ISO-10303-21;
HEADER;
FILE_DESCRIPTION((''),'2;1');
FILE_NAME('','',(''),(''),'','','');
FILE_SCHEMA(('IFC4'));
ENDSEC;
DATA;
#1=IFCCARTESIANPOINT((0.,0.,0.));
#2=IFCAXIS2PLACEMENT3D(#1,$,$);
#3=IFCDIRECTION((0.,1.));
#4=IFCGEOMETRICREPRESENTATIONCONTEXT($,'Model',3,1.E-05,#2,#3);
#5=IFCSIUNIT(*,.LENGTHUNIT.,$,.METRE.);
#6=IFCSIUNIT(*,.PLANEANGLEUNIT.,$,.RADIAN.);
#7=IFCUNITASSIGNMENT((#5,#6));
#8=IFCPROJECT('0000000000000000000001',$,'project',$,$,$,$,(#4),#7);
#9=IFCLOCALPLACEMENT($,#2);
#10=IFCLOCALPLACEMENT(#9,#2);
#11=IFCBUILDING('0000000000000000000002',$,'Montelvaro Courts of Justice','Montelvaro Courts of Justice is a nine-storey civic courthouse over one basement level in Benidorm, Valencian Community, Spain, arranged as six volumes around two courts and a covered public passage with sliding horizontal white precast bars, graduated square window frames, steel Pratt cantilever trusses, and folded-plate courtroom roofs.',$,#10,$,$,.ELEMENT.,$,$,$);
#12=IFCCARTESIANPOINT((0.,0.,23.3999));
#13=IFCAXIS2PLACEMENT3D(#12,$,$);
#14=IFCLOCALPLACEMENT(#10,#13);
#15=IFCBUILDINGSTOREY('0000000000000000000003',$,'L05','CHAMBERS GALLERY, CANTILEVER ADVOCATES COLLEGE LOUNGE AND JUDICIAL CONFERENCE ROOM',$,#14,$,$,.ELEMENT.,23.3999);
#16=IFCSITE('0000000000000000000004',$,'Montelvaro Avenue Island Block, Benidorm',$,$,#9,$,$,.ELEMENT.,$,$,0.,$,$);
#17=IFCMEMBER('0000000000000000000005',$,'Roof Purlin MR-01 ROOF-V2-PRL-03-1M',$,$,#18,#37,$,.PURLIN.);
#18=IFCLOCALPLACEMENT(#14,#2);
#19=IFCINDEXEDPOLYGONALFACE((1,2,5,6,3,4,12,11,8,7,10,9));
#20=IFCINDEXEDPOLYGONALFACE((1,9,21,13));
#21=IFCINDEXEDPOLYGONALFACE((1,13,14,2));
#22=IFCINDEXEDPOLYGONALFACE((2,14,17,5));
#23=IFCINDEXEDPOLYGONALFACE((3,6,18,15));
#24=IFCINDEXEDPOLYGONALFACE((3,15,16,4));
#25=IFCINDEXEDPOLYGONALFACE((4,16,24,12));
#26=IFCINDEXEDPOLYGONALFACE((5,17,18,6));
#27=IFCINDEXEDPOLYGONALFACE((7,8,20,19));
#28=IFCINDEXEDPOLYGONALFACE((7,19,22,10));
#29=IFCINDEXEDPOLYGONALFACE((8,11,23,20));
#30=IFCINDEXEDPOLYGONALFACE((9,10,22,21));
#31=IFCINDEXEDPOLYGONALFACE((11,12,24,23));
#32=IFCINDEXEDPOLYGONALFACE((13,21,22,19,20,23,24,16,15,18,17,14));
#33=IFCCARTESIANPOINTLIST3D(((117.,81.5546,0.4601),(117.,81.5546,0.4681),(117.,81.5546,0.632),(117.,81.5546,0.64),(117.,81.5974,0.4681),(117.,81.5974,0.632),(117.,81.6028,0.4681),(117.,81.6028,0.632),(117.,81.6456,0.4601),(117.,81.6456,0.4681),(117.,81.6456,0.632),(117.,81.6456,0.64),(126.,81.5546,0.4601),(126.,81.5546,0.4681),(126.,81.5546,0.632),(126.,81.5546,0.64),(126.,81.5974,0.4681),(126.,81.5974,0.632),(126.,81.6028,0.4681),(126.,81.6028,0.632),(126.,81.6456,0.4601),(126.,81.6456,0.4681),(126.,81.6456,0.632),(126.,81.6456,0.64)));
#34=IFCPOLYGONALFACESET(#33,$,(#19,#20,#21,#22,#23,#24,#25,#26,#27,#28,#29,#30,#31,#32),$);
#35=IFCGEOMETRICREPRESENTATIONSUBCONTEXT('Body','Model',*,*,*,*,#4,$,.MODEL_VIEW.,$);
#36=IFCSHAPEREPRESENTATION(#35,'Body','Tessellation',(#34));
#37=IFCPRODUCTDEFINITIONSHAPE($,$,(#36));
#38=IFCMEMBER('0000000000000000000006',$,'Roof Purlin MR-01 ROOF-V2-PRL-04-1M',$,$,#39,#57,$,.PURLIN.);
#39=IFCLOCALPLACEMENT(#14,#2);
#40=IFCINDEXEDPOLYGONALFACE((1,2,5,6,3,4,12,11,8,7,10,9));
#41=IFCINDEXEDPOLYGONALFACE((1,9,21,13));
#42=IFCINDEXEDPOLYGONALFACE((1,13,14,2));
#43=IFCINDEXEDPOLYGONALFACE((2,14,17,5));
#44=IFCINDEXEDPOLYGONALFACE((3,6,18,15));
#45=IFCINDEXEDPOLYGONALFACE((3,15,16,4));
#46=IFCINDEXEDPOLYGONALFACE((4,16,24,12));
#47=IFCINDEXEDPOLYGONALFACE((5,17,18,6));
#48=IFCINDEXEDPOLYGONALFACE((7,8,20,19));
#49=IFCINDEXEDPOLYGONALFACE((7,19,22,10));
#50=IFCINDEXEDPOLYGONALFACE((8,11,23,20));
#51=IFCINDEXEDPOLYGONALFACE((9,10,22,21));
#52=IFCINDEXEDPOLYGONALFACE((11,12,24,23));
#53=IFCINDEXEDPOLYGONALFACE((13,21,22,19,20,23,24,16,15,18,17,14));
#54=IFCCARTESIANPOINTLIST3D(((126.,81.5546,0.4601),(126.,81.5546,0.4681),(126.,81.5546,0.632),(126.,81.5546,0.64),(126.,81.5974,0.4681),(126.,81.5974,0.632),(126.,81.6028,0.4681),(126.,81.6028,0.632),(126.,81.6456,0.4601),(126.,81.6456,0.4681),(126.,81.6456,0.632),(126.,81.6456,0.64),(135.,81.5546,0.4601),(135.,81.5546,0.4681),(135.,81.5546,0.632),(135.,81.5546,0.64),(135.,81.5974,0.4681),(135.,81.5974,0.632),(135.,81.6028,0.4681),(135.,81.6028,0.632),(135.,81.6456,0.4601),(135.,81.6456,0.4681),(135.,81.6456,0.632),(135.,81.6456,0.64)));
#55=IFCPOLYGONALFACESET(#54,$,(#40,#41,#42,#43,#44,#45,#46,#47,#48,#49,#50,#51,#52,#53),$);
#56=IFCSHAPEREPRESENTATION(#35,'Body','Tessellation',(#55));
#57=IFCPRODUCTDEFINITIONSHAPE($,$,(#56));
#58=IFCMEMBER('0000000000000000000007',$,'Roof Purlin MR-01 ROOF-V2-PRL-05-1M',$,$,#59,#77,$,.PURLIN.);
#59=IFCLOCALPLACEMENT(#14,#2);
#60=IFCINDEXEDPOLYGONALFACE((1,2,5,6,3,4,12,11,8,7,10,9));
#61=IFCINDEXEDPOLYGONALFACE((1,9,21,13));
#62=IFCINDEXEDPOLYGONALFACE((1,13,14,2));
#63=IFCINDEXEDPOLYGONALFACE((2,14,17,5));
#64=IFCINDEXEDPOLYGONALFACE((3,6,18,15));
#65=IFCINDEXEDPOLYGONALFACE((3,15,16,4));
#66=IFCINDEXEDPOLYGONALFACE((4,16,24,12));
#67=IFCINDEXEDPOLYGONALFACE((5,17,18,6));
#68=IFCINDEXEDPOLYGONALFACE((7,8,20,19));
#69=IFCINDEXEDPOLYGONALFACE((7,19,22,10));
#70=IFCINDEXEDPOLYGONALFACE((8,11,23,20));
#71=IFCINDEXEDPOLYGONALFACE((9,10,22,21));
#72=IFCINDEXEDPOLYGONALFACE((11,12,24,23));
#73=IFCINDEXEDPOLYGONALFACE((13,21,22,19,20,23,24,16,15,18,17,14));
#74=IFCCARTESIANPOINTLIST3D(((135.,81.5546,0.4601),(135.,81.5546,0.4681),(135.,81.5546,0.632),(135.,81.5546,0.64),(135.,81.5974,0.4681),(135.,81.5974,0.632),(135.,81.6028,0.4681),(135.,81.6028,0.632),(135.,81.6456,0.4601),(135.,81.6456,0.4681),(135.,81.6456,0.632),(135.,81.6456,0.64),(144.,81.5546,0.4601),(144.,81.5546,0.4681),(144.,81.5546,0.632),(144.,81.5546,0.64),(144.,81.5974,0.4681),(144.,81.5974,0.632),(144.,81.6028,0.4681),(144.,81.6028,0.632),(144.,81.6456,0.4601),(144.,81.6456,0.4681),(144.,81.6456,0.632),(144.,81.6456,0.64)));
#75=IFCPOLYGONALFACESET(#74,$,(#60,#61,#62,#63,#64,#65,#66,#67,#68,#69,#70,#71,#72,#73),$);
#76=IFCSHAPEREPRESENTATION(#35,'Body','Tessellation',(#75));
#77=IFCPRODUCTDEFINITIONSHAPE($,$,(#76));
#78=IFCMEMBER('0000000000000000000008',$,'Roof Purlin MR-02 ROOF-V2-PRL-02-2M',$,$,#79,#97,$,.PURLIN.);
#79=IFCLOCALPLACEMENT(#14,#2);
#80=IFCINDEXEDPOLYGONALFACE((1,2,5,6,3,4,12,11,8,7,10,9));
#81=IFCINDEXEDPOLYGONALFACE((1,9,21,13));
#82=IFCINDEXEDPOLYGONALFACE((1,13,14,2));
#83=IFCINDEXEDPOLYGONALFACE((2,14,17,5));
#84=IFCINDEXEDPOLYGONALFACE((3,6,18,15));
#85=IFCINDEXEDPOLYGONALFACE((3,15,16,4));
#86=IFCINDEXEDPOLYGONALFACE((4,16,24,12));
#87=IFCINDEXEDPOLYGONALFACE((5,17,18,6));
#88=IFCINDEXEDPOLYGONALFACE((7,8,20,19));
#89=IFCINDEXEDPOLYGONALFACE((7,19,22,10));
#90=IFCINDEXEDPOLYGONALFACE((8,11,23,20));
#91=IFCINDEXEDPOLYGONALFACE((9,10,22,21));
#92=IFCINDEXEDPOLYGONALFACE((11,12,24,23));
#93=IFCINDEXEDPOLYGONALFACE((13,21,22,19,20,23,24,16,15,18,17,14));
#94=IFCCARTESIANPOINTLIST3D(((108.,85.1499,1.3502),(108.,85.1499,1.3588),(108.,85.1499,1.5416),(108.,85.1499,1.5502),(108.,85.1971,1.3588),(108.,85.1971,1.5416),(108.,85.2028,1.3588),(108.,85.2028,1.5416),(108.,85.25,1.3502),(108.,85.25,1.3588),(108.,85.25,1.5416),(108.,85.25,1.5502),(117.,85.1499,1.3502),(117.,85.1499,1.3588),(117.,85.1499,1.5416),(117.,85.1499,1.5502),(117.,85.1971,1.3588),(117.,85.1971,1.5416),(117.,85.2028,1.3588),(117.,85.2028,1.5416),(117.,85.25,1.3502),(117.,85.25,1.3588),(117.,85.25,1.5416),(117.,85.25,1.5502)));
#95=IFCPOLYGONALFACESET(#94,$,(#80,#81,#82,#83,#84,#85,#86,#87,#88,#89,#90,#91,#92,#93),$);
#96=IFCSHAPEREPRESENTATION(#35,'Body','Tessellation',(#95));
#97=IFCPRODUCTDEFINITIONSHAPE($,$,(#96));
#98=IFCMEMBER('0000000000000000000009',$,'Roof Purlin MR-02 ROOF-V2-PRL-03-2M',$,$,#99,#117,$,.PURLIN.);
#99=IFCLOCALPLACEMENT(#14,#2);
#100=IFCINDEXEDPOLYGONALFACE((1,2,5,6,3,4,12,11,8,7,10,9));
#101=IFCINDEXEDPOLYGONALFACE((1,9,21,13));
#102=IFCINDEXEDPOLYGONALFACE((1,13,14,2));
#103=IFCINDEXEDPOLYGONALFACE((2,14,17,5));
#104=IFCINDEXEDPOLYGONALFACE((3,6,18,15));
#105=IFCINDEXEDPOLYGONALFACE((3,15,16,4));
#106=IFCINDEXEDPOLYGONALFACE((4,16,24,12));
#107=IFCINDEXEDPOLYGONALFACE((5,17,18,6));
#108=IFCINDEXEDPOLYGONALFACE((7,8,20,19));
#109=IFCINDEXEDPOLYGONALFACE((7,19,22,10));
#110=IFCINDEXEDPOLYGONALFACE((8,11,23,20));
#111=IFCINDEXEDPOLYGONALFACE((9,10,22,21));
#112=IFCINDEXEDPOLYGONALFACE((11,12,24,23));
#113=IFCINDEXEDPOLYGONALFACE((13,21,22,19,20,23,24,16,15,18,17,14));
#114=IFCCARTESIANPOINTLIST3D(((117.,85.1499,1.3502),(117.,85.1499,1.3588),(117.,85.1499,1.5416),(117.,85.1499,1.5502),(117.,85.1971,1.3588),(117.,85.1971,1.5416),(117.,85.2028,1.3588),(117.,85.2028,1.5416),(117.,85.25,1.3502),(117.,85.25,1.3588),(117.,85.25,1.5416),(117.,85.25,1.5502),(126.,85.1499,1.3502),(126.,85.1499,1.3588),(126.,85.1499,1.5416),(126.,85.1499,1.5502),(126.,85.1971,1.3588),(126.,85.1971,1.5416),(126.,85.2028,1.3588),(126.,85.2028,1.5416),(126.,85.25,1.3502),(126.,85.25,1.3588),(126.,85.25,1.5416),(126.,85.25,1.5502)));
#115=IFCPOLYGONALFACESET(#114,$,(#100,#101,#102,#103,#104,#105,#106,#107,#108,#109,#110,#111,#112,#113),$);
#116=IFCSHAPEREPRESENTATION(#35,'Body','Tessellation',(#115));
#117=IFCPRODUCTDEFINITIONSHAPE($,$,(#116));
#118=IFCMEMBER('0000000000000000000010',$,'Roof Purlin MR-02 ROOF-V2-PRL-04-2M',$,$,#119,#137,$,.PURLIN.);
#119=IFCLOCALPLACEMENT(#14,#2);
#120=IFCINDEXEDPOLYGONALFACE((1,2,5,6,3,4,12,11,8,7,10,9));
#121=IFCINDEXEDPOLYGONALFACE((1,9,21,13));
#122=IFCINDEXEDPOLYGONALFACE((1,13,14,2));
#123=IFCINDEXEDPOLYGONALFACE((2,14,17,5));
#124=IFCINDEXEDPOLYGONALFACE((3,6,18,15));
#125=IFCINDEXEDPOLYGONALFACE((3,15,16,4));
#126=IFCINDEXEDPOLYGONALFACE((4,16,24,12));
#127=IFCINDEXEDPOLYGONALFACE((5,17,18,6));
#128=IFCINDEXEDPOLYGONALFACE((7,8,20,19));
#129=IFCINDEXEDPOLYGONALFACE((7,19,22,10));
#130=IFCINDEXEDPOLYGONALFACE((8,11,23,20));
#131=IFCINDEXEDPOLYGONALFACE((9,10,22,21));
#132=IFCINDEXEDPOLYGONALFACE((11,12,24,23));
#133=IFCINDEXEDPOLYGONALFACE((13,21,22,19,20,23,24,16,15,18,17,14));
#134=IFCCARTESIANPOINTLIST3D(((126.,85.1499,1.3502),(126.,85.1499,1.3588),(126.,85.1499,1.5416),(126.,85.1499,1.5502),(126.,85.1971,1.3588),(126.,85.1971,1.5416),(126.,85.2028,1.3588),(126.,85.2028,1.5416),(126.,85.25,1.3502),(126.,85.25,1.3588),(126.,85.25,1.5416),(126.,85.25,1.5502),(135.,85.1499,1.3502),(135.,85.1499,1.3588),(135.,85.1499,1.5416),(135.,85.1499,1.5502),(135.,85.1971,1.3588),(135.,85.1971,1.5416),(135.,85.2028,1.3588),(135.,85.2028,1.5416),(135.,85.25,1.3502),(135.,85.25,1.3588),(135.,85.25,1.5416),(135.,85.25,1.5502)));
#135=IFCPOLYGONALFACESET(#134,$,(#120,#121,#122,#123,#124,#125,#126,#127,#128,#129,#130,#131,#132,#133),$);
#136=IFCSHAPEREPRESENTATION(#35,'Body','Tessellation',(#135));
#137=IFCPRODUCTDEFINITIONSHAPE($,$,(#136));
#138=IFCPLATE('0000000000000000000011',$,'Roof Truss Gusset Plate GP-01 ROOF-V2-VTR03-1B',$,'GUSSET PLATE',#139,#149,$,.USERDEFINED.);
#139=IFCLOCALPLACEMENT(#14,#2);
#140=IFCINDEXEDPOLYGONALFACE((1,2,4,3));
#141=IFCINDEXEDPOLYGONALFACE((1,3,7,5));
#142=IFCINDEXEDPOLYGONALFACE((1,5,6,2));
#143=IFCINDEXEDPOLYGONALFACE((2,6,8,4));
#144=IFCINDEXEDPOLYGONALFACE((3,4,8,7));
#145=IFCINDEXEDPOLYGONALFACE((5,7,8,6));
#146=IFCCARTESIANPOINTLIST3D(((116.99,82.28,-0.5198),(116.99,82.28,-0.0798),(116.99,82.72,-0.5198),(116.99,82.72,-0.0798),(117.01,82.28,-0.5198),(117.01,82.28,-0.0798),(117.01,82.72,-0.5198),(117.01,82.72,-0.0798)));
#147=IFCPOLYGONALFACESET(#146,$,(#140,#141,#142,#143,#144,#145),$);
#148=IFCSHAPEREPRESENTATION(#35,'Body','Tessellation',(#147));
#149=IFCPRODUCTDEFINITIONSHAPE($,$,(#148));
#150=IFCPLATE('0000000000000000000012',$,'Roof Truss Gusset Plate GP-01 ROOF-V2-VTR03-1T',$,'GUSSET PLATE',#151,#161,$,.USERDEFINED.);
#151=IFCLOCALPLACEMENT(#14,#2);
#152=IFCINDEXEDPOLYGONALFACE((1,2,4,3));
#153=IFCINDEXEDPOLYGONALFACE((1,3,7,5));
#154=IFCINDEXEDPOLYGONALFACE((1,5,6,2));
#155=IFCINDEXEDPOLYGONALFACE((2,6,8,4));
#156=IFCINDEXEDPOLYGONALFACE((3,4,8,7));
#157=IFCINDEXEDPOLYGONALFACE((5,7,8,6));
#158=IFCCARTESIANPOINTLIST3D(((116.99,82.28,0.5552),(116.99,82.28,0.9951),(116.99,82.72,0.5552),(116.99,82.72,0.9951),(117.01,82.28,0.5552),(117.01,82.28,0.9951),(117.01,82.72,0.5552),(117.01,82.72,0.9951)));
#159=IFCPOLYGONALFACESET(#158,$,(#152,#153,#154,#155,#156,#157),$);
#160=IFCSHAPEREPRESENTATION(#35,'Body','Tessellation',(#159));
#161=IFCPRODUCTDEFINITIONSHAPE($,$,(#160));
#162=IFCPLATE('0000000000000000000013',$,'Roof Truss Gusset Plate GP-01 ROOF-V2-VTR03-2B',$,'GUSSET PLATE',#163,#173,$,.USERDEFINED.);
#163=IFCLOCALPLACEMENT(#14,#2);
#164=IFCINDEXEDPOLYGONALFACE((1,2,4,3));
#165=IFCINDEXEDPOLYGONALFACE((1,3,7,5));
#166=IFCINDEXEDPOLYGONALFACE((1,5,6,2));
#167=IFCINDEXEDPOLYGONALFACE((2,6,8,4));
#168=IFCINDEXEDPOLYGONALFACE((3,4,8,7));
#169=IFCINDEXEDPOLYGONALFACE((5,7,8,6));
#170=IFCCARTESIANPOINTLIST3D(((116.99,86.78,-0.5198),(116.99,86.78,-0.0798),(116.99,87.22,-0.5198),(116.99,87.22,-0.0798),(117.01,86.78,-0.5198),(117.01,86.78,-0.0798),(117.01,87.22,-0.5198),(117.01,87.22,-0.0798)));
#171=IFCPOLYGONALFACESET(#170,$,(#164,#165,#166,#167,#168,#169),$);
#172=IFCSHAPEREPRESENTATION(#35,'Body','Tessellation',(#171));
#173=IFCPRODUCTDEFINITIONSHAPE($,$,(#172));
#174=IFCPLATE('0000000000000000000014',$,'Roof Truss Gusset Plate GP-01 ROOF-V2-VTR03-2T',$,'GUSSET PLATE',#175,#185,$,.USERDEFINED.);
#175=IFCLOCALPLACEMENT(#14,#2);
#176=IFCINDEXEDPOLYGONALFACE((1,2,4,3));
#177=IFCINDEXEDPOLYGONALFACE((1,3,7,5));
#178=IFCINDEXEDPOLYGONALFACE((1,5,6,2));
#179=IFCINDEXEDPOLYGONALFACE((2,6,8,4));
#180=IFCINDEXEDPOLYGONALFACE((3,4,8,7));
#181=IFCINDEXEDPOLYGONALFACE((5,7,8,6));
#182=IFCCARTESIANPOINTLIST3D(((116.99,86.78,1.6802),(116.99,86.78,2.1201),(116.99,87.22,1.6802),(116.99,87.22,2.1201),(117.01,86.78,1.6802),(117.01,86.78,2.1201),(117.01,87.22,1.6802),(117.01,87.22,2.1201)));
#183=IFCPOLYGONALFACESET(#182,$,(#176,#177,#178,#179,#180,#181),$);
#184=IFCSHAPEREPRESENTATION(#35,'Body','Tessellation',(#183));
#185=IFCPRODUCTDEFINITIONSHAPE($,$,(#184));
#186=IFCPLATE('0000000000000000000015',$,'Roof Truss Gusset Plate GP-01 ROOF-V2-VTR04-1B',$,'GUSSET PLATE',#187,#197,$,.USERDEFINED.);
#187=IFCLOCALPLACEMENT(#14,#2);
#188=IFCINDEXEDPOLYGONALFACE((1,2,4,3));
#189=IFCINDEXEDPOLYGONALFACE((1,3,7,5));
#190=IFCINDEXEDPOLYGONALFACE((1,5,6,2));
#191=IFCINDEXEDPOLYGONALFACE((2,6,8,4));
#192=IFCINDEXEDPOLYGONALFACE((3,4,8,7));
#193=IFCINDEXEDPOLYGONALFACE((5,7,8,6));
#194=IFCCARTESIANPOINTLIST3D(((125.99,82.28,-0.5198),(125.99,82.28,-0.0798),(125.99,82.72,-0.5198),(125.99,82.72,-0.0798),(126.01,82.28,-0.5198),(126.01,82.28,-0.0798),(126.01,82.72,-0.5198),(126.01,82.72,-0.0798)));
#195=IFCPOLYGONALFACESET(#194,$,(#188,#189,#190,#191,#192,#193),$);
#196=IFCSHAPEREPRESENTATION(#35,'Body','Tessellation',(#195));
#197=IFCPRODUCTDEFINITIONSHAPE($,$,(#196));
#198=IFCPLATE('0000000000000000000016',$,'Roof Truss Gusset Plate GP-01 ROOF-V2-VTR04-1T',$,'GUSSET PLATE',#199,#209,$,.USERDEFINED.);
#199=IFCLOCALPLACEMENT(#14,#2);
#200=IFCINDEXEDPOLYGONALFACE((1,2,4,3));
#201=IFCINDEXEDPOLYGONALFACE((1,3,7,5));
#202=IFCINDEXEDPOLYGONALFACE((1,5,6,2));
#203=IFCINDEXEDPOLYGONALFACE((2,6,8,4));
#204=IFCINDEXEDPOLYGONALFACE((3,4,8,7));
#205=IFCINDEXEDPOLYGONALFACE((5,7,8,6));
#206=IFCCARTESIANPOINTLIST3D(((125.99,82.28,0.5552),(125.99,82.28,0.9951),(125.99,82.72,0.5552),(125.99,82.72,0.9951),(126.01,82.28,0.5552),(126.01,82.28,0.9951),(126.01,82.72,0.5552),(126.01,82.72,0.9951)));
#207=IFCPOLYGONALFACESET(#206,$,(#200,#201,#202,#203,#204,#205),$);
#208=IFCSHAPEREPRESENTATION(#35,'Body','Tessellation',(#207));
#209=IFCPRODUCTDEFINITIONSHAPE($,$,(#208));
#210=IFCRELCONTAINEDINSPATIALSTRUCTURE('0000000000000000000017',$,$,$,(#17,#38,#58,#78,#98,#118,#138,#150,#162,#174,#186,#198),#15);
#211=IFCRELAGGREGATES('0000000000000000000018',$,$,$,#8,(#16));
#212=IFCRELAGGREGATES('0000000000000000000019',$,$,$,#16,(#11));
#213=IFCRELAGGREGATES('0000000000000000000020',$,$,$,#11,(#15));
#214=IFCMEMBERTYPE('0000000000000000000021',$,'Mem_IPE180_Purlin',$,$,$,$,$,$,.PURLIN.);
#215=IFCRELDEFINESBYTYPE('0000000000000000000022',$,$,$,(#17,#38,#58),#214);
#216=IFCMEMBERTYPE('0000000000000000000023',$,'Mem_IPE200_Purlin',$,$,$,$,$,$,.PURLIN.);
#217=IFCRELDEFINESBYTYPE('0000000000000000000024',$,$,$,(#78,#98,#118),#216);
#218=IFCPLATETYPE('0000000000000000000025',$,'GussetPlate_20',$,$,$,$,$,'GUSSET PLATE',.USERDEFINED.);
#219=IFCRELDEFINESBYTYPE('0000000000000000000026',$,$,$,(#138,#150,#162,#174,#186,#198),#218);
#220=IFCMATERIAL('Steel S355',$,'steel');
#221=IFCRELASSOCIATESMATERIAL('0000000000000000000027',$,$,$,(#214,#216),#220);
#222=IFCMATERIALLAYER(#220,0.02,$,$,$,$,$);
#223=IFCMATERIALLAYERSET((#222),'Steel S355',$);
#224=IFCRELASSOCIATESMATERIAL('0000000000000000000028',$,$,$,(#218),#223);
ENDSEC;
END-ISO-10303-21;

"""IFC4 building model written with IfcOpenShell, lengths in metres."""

from ifc_helpers import new_model, si_unit, direction, frame, origin, origin_2d, place, context, subcontext, project, spatial, rectangle, i_section, extrude, material, layer, layer_set, material_profile, profile_set, type_object, element, save


model = new_model("IFC4")

# Units and contexts
model_context = context("Model", 3, precision=1e-05, world=origin(), true_north=direction((0.0, 1.0)))
body_context = subcontext(model_context, "Body", "Model", "MODEL_VIEW")
ifc_project = project(units=[si_unit("LENGTHUNIT", "METRE"), si_unit("PLANEANGLEUNIT", "RADIAN")], contexts=[model_context])

# Site, building, storey
site_placement = place(None, origin())
site = spatial("IfcSite", under=ifc_project, at=site_placement, Name="Montelvaro Avenue Island Block, Benidorm", CompositionType="ELEMENT", RefElevation=0.0)
building_placement = place(site_placement, origin())
building = spatial("IfcBuilding", under=site, at=building_placement, Name="Montelvaro Courts of Justice", Description="Montelvaro Courts of Justice is a nine-storey civic courthouse over one basement level in Benidorm, Valencian Community, Spain, arranged as six volumes around two courts and a covered public passage with sliding horizontal white precast bars, graduated square window frames, steel Pratt cantilever trusses, and folded-plate courtroom roofs.", CompositionType="ELEMENT")
storey_placement = place(building_placement, frame((0.0, 0.0, 23.3999)))
storey = spatial("IfcBuildingStorey", under=building, at=storey_placement, Name="L05", Description="CHAMBERS GALLERY, CANTILEVER ADVOCATES COLLEGE LOUNGE AND JUDICIAL CONFERENCE ROOM", CompositionType="ELEMENT", Elevation=23.3999)

# Members
ifc_material_1 = material(Name="Steel S355", Category="steel")
ifc_material_profile_1 = material_profile(ifc_material_1, i_section(OverallWidth=0.0911, OverallDepth=0.1799, WebThickness=0.0054, FlangeThickness=0.0081, at=origin_2d()), Name="IPE 180")
ifc_profile_set_1 = profile_set([ifc_material_profile_1], Name="Steel S355")
member_type_1 = type_object("IfcMemberType", Name="Mem_IPE180_Purlin", PredefinedType="PURLIN", material=ifc_profile_set_1)
for number, where, z_axis, x_axis, name in (
    (1, (117.0, 81.6001, 0.55), (1.0, 0.0, 0.0), (0.0, 1.0, 0.0), "Roof Purlin MR-01 ROOF-V2-PRL-03-1M"),
    (2, (126.0, 81.6001, 0.55), (1.0, 0.0, 0.0), (0.0, 1.0, 0.0), "Roof Purlin MR-01 ROOF-V2-PRL-04-1M"),
    (3, (135.0, 81.6001, 0.55), (1.0, 0.0, 0.0), (0.0, 1.0, 0.0), "Roof Purlin MR-01 ROOF-V2-PRL-05-1M"),
):
    element("IfcMember", number, at=place(storey_placement, frame(where, z_axis=z_axis, x_axis=x_axis)), inside=storey, type_object=member_type_1, Name=name, PredefinedType="PURLIN", context=body_context, shape_type="SweptSolid", body=[
        extrude(i_section(OverallWidth=0.0911, OverallDepth=0.1799, WebThickness=0.0054, FlangeThickness=0.0081, at=origin_2d()), origin(), (0.0, 0.0, 1.0), 9.0),
    ])
ifc_material_profile_2 = material_profile(ifc_material_1, i_section(OverallWidth=0.1001, OverallDepth=0.2, WebThickness=0.0056, FlangeThickness=0.0085, at=origin_2d()), Name="IPE 200")
ifc_profile_set_2 = profile_set([ifc_material_profile_2], Name="Steel S355")
member_type_2 = type_object("IfcMemberType", Name="Mem_IPE200_Purlin", PredefinedType="PURLIN", material=ifc_profile_set_2)
for number, where, z_axis, x_axis, name in (
    (4, (108.0, 85.2, 1.4502), (1.0, 0.0, 0.0), (0.0, 1.0, 0.0), "Roof Purlin MR-02 ROOF-V2-PRL-02-2M"),
    (5, (117.0, 85.2, 1.4502), (1.0, 0.0, 0.0), (0.0, 1.0, 0.0), "Roof Purlin MR-02 ROOF-V2-PRL-03-2M"),
    (6, (126.0, 85.2, 1.4502), (1.0, 0.0, 0.0), (0.0, 1.0, 0.0), "Roof Purlin MR-02 ROOF-V2-PRL-04-2M"),
):
    element("IfcMember", number, at=place(storey_placement, frame(where, z_axis=z_axis, x_axis=x_axis)), inside=storey, type_object=member_type_2, Name=name, PredefinedType="PURLIN", context=body_context, shape_type="SweptSolid", body=[
        extrude(i_section(OverallWidth=0.1001, OverallDepth=0.2, WebThickness=0.0056, FlangeThickness=0.0085, at=origin_2d()), origin(), (0.0, 0.0, 1.0), 9.0),
    ])

# Plates
ifc_layer_1 = layer(ifc_material_1, 0.02)
ifc_layer_set_1 = layer_set([ifc_layer_1], Name="Steel S355")
plate_type = type_object("IfcPlateType", Name="GussetPlate_20", ElementType="GUSSET PLATE", PredefinedType="USERDEFINED", material=ifc_layer_set_1)
for number, where, z_axis, x_axis, name in (
    (7, (117.0, 82.5, -0.5198), (0.0, 0.0, 1.0), (1.0, 0.0, 0.0), "Roof Truss Gusset Plate GP-01 ROOF-V2-VTR03-1B"),
    (8, (117.0, 82.5, 0.5552), (0.0, 0.0, 1.0), (1.0, 0.0, 0.0), "Roof Truss Gusset Plate GP-01 ROOF-V2-VTR03-1T"),
    (9, (117.0, 87.0, -0.5198), (0.0, 0.0, 1.0), (1.0, 0.0, 0.0), "Roof Truss Gusset Plate GP-01 ROOF-V2-VTR03-2B"),
    (10, (117.0, 87.0, 1.6802), (0.0, 0.0, 1.0), (1.0, 0.0, 0.0), "Roof Truss Gusset Plate GP-01 ROOF-V2-VTR03-2T"),
    (11, (126.0, 82.5, -0.5198), (0.0, 0.0, 1.0), (1.0, 0.0, 0.0), "Roof Truss Gusset Plate GP-01 ROOF-V2-VTR04-1B"),
    (12, (126.0, 82.5, 0.5552), (0.0, 0.0, 1.0), (1.0, 0.0, 0.0), "Roof Truss Gusset Plate GP-01 ROOF-V2-VTR04-1T"),
):
    element("IfcPlate", number, at=place(storey_placement, frame(where, z_axis=z_axis, x_axis=x_axis)), inside=storey, type_object=plate_type, Name=name, ObjectType="GUSSET PLATE", PredefinedType="USERDEFINED", context=body_context, shape_type="SweptSolid", body=[
        extrude(rectangle(XDim=0.02, YDim=0.4399, at=origin_2d()), origin(), (0.0, 0.0, 1.0), 0.4399),
    ])

save(model, "model.ifc")
